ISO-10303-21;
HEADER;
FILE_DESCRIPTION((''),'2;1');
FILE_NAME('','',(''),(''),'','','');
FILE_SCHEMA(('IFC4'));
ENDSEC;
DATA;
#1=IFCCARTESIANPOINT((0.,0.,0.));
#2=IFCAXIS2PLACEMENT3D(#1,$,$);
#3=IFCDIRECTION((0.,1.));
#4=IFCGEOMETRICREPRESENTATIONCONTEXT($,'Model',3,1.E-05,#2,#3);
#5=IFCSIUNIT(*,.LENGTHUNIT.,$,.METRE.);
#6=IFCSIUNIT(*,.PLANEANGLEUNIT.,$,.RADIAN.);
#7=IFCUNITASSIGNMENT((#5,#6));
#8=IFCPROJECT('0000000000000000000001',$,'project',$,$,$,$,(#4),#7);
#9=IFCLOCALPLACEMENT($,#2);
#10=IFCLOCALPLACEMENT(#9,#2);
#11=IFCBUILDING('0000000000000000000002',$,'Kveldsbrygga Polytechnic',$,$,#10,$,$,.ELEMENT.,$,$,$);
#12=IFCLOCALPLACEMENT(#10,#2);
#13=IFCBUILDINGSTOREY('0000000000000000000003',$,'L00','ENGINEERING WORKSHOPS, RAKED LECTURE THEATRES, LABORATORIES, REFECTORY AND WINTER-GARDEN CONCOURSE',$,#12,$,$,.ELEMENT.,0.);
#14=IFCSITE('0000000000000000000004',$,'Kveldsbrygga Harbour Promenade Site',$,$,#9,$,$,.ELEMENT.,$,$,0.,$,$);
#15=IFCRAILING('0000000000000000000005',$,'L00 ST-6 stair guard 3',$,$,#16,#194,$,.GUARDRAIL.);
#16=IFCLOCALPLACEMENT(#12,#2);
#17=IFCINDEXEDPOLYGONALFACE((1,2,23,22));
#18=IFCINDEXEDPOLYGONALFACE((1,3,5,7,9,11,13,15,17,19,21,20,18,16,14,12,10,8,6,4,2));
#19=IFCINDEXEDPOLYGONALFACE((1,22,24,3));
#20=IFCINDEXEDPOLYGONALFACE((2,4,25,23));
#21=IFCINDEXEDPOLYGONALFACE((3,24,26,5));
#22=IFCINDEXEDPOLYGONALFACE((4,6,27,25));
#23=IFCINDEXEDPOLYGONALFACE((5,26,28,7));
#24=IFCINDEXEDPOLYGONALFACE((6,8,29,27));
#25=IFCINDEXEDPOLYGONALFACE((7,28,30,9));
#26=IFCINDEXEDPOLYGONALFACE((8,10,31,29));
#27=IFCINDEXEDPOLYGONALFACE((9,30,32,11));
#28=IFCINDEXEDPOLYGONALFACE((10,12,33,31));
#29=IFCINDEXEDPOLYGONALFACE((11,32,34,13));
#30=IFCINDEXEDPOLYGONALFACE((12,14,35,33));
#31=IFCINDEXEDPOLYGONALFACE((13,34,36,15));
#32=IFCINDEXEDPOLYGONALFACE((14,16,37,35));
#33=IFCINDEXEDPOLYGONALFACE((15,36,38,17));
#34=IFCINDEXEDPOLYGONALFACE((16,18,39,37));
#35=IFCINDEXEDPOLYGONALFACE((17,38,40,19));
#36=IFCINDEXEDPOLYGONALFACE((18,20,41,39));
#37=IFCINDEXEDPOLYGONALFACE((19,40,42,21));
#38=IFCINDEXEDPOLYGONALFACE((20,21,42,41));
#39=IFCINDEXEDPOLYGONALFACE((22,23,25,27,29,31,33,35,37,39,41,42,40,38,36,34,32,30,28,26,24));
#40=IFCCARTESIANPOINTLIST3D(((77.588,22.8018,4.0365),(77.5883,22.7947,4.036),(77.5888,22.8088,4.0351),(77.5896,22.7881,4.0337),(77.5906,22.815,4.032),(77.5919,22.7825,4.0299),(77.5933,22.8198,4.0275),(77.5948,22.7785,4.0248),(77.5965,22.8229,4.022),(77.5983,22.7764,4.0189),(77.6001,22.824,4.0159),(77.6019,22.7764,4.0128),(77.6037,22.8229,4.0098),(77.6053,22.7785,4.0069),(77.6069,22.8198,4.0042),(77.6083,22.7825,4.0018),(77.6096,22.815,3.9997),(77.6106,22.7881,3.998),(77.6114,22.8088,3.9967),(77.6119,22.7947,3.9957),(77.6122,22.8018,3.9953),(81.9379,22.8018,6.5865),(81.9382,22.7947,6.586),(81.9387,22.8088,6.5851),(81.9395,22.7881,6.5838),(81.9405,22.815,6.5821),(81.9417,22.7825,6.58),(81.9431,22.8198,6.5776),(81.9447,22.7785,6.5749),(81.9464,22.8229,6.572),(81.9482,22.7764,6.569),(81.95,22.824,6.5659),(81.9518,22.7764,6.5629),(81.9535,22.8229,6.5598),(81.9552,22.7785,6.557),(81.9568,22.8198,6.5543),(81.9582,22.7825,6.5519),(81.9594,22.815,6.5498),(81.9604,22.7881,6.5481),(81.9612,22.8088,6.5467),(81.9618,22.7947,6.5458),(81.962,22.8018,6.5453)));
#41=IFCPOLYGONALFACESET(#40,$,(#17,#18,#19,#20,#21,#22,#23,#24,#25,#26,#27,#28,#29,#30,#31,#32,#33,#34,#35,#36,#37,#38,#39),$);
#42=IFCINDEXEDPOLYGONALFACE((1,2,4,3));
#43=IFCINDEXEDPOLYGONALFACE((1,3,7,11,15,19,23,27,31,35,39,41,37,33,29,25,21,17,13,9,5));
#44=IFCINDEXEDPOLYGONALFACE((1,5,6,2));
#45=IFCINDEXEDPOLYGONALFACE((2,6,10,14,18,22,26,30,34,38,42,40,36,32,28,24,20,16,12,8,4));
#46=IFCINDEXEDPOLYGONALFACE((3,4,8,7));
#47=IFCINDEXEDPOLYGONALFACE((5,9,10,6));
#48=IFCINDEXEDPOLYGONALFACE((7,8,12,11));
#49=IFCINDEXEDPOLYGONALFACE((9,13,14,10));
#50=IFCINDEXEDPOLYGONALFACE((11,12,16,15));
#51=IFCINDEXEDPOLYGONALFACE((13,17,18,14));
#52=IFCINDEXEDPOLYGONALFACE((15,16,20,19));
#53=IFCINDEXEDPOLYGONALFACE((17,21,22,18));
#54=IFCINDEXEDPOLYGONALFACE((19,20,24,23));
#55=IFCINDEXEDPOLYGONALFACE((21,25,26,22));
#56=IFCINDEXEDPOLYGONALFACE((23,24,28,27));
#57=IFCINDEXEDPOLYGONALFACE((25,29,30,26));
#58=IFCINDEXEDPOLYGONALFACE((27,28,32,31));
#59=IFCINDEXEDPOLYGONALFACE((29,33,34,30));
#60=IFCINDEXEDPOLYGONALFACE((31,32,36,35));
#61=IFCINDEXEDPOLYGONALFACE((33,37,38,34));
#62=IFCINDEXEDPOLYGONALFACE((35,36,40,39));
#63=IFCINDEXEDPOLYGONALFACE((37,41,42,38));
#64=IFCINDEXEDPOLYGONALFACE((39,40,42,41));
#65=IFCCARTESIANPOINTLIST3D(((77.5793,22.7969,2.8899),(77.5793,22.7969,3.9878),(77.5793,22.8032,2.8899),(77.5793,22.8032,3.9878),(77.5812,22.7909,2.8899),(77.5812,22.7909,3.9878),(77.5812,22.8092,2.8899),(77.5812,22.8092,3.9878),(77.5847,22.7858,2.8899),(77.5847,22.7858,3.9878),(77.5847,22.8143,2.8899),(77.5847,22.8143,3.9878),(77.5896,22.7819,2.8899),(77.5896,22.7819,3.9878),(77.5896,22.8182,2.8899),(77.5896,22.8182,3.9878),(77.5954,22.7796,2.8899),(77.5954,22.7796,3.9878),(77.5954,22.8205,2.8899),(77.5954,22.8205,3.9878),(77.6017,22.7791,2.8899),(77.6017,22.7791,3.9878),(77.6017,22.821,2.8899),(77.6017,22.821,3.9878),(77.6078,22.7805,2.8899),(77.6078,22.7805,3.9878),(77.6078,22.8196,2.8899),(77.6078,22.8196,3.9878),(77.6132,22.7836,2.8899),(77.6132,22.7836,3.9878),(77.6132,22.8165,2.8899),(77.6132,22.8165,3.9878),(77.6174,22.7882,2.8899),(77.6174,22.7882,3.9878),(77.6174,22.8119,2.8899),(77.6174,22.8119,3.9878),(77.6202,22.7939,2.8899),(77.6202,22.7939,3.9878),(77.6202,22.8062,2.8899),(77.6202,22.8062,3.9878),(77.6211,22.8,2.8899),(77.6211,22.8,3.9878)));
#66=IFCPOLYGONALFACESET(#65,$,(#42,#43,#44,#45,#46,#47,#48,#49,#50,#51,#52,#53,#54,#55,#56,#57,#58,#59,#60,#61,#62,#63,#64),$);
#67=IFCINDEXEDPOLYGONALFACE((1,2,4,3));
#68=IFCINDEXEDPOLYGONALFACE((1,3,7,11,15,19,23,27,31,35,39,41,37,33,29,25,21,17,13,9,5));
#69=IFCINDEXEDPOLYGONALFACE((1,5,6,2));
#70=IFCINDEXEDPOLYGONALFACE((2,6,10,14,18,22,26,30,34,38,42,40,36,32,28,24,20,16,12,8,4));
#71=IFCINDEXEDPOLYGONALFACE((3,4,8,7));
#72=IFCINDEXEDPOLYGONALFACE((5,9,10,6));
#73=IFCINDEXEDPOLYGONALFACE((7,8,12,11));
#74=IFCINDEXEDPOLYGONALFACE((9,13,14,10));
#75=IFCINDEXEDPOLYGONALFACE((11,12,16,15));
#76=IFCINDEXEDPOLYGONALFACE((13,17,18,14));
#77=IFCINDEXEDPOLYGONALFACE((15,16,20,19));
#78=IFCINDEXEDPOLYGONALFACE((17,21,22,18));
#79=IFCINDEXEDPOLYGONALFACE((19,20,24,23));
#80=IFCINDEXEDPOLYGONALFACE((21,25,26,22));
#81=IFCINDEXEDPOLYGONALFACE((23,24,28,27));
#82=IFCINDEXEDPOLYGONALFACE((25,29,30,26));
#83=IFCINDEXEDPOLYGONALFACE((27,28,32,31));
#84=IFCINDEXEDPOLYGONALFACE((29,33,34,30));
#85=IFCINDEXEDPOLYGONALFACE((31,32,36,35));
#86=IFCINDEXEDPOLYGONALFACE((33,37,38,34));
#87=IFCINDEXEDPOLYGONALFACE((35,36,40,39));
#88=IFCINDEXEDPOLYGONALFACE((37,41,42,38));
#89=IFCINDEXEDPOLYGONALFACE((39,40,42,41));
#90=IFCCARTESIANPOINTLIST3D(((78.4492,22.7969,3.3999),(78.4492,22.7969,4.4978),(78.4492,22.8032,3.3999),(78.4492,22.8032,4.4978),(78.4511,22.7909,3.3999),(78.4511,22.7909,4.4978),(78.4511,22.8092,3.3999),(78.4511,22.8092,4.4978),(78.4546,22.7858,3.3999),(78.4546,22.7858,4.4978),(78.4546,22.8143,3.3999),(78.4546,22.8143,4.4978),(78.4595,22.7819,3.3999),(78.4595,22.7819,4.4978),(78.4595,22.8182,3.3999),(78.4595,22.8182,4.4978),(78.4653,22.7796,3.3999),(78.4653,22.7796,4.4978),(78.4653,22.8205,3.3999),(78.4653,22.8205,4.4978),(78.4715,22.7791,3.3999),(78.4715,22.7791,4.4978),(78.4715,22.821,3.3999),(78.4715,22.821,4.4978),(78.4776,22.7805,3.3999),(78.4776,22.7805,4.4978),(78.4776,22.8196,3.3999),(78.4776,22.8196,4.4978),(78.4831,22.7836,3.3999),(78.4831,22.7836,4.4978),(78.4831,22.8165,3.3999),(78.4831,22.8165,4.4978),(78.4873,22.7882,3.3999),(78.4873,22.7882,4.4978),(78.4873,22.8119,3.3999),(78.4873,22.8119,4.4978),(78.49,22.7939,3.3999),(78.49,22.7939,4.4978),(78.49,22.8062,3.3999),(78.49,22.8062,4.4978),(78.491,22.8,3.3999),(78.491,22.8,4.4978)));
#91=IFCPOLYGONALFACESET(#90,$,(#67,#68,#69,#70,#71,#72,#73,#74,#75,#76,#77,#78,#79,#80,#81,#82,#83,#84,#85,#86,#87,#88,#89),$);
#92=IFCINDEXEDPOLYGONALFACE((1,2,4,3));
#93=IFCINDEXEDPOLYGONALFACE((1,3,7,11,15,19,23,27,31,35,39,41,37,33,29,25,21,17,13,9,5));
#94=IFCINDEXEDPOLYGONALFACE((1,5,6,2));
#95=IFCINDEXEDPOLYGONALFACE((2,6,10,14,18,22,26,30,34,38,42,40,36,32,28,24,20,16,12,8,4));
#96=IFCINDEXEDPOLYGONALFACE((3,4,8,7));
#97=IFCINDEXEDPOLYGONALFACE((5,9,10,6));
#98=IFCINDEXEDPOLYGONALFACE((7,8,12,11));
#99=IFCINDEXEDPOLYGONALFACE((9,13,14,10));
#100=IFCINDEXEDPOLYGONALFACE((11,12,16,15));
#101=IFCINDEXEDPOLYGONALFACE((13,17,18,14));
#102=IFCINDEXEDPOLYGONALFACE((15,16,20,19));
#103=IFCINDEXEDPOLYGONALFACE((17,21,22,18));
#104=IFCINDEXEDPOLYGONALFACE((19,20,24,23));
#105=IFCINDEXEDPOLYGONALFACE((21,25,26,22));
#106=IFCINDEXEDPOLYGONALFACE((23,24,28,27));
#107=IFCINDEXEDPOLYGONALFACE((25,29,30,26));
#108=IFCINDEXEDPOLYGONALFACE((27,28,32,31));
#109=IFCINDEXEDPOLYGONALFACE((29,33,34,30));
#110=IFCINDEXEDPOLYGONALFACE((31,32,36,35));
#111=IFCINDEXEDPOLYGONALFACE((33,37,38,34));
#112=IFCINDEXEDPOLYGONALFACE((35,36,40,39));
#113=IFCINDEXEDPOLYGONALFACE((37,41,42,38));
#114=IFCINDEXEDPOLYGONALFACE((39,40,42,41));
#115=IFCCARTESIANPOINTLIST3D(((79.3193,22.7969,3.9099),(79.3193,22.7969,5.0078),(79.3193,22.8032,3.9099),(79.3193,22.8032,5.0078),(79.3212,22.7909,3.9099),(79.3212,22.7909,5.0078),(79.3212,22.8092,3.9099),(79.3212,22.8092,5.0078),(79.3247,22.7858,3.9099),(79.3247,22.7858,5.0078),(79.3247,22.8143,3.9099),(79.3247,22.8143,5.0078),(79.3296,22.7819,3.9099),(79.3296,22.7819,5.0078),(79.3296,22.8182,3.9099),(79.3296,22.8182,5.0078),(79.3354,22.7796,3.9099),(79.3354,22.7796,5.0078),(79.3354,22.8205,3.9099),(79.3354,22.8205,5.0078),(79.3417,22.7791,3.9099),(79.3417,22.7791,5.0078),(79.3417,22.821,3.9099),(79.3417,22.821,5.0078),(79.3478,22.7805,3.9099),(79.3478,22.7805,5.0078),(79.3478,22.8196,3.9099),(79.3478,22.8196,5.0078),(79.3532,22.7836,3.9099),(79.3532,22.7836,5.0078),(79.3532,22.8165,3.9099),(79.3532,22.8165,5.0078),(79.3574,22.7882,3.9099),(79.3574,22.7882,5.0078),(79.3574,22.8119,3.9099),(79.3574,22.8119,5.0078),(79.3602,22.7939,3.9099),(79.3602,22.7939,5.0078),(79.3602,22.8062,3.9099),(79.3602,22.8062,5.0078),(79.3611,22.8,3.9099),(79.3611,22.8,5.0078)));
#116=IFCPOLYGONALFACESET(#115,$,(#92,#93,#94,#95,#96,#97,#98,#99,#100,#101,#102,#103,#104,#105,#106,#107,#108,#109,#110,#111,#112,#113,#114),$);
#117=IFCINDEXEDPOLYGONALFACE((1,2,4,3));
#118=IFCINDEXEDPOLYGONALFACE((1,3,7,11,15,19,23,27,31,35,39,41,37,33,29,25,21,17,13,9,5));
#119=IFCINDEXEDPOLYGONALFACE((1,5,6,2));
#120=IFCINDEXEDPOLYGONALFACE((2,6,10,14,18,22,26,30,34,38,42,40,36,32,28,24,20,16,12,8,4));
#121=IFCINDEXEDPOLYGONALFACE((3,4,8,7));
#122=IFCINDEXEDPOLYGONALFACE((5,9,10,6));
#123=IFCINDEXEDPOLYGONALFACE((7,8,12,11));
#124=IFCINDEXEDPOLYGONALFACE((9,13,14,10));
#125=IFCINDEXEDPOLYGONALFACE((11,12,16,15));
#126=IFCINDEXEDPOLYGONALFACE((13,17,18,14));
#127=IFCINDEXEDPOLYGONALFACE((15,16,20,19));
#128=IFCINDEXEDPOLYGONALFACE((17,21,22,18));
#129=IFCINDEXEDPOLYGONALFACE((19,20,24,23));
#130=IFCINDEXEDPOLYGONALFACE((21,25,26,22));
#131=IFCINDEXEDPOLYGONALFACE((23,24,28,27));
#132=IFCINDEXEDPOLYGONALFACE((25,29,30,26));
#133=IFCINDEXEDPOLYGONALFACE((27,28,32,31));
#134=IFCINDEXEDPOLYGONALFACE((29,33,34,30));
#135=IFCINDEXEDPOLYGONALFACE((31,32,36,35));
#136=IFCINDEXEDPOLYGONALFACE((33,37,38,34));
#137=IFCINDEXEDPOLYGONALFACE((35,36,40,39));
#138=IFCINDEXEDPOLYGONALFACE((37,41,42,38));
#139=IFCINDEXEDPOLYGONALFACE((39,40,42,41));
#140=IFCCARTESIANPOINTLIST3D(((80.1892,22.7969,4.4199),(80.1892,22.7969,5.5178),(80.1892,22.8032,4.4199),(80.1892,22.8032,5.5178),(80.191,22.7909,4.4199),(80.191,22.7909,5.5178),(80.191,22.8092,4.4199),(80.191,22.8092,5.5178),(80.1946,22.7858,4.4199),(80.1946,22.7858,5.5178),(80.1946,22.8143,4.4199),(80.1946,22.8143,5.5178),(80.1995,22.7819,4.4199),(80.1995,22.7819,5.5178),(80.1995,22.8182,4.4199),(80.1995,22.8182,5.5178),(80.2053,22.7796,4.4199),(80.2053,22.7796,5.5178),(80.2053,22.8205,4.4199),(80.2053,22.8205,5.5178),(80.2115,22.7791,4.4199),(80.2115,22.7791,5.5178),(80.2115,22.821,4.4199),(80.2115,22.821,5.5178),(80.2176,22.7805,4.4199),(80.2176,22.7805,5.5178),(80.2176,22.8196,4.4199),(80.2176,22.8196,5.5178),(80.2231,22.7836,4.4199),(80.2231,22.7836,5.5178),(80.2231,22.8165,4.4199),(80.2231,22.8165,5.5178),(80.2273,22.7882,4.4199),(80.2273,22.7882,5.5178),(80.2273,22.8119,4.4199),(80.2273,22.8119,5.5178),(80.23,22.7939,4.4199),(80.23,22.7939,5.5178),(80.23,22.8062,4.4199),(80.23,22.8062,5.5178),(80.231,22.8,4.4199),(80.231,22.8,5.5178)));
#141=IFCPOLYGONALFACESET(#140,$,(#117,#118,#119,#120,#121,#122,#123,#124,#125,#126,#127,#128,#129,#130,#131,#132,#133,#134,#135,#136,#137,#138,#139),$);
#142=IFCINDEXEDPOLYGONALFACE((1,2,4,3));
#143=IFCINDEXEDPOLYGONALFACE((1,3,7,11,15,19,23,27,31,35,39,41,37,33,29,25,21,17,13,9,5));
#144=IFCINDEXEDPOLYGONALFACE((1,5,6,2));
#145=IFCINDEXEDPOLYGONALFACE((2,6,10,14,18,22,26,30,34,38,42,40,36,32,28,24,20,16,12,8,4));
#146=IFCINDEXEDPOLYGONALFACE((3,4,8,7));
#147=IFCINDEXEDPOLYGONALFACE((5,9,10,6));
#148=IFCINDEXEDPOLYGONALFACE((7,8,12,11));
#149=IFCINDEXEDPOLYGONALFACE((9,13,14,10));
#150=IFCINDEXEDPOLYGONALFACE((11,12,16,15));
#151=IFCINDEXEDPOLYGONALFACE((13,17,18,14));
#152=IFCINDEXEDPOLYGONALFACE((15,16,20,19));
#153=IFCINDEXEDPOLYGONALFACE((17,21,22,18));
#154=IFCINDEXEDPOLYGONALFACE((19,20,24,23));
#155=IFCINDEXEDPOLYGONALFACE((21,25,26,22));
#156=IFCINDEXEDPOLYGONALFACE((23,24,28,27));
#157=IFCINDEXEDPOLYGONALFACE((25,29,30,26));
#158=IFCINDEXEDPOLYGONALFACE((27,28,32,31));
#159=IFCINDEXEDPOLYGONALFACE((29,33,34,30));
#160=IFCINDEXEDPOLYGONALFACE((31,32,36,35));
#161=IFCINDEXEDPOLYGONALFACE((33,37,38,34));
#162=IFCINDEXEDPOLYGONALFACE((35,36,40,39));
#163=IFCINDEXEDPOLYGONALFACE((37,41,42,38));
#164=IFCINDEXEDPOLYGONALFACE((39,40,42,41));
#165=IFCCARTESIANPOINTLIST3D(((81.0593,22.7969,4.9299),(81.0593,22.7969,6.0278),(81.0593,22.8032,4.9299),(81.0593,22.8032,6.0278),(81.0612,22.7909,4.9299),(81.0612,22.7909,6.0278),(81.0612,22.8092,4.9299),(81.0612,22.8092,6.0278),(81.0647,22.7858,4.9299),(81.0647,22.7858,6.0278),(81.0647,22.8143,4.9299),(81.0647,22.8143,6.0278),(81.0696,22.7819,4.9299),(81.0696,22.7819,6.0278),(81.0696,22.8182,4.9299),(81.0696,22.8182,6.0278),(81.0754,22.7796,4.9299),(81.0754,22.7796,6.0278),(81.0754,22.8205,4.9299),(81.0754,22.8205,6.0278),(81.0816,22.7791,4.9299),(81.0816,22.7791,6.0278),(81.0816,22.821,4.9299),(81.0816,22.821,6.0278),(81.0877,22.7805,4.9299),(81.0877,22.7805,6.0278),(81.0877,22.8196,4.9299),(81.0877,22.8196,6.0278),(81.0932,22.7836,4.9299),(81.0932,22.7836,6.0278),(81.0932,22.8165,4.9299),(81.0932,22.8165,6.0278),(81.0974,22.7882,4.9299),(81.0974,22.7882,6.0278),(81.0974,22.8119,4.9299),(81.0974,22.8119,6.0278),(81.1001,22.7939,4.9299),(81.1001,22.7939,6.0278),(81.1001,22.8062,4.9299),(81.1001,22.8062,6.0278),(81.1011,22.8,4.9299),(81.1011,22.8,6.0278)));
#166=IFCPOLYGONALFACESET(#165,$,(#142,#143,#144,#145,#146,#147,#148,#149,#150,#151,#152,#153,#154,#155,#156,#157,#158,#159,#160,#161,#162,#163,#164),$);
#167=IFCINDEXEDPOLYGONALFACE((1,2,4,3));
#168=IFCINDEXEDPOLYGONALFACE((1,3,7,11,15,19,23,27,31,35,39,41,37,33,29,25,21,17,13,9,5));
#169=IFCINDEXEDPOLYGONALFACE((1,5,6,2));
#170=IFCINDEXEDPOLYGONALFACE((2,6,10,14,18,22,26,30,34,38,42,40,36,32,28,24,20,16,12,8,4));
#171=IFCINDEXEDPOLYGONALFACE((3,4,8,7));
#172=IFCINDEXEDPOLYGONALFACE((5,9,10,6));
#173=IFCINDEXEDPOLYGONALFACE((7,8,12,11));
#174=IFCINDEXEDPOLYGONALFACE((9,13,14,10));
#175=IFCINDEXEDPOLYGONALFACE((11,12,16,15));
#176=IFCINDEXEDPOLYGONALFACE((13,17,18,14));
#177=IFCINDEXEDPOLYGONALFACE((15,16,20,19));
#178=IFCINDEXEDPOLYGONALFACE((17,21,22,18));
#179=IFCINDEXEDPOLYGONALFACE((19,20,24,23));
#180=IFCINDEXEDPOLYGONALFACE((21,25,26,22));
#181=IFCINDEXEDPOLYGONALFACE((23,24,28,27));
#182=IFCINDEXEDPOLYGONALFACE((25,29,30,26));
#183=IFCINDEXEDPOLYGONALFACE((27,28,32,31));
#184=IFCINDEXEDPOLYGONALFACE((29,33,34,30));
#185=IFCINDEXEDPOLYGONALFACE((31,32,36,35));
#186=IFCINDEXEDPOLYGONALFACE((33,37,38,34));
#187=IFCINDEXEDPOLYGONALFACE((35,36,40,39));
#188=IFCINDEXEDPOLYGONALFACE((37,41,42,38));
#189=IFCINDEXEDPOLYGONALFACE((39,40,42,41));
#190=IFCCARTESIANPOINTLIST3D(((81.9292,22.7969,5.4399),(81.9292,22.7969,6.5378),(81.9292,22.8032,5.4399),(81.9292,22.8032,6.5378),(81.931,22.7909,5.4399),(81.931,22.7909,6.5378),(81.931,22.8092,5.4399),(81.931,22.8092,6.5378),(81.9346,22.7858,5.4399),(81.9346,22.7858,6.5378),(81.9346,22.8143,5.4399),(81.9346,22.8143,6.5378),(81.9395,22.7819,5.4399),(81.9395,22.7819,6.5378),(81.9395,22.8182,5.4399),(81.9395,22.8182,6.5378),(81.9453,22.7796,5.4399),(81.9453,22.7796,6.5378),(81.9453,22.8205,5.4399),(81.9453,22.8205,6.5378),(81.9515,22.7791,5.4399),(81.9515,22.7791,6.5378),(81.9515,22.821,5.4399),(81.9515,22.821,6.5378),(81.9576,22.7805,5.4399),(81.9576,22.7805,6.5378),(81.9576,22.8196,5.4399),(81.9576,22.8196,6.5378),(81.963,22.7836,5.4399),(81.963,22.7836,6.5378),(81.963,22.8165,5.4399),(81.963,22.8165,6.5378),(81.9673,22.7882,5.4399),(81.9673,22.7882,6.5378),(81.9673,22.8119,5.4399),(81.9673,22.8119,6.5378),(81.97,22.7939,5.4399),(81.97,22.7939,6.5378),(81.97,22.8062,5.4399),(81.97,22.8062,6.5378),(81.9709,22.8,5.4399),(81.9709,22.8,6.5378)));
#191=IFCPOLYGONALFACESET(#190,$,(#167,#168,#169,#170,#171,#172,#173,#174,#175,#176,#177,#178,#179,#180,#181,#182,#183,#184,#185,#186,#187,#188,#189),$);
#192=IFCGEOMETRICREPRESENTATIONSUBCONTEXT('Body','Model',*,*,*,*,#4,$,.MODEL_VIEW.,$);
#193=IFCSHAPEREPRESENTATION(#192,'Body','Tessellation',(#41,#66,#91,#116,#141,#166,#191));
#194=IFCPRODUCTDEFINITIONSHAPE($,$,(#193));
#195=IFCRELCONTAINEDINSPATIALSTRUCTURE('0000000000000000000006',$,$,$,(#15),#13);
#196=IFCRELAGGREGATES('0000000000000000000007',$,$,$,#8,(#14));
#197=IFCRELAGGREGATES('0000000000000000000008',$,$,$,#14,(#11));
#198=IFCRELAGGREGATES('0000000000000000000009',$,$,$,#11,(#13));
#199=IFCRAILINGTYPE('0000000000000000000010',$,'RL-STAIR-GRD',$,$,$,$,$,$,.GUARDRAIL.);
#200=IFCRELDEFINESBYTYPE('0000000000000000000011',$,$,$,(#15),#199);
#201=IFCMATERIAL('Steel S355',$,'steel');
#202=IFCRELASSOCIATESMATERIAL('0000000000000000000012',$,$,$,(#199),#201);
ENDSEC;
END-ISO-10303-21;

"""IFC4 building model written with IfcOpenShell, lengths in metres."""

from ifc_helpers import new_model, si_unit, direction, frame, origin, origin_2d, place, context, subcontext, project, spatial, circle, extrude, material, type_object, element, save


model = new_model("IFC4")

# Units and contexts
model_context = context("Model", 3, precision=1e-05, world=origin(), true_north=direction((0.0, 1.0)))
body_context = subcontext(model_context, "Body", "Model", "MODEL_VIEW")
ifc_project = project(units=[si_unit("LENGTHUNIT", "METRE"), si_unit("PLANEANGLEUNIT", "RADIAN")], contexts=[model_context])

# Site, building, storey
site_placement = place(None, origin())
site = spatial("IfcSite", under=ifc_project, at=site_placement, Name="Kveldsbrygga Harbour Promenade Site", CompositionType="ELEMENT", RefElevation=0.0)
building_placement = place(site_placement, origin())
building = spatial("IfcBuilding", under=site, at=building_placement, Name="Kveldsbrygga Polytechnic", CompositionType="ELEMENT")
storey_placement = place(building_placement, origin())
storey = spatial("IfcBuildingStorey", under=building, at=storey_placement, Name="L00", Description="ENGINEERING WORKSHOPS, RAKED LECTURE THEATRES, LABORATORIES, REFECTORY AND WINTER-GARDEN CONCOURSE", CompositionType="ELEMENT", Elevation=0.0)

# Railing
ifc_material_1 = material(Name="Steel S355", Category="steel")
railing_type_1 = type_object("IfcRailingType", Name="RL-STAIR-GRD", PredefinedType="GUARDRAIL", material=ifc_material_1)
railing_1_placement = place(storey_placement, frame((77.6001, 22.8, 2.8899)))
element("IfcRailing", 1, at=railing_1_placement, inside=storey, type_object=railing_type_1, Name="L00 ST-6 stair guard 3", PredefinedType="GUARDRAIL", context=body_context, shape_type="SweptSolid", body=[
    extrude(circle(Radius=0.0239, at=origin_2d()), frame((0.0, 0.0, 1.126), z_axis=(0.862686, 0.0, 0.505739), x_axis=(0.0, 1.0, 0.0)), (0.0, 0.0, 1.0), 5.0422),
    extrude(circle(Radius=0.021, at=origin_2d()), origin(), (0.0, 0.0, 1.0), 1.0979),
    extrude(circle(Radius=0.021, at=origin_2d()), frame((0.8699, 0.0, 0.51)), (0.0, 0.0, 1.0), 1.0979),
    extrude(circle(Radius=0.021, at=origin_2d()), frame((1.74, 0.0, 1.02)), (0.0, 0.0, 1.0), 1.0979),
    extrude(circle(Radius=0.021, at=origin_2d()), frame((2.6099, 0.0, 1.53)), (0.0, 0.0, 1.0), 1.0979),
    extrude(circle(Radius=0.021, at=origin_2d()), frame((3.48, 0.0, 2.04)), (0.0, 0.0, 1.0), 1.0979),
    extrude(circle(Radius=0.021, at=origin_2d()), frame((4.3499, 0.0, 2.55)), (0.0, 0.0, 1.0), 1.0979),
])

save(model, "model.ifc")
